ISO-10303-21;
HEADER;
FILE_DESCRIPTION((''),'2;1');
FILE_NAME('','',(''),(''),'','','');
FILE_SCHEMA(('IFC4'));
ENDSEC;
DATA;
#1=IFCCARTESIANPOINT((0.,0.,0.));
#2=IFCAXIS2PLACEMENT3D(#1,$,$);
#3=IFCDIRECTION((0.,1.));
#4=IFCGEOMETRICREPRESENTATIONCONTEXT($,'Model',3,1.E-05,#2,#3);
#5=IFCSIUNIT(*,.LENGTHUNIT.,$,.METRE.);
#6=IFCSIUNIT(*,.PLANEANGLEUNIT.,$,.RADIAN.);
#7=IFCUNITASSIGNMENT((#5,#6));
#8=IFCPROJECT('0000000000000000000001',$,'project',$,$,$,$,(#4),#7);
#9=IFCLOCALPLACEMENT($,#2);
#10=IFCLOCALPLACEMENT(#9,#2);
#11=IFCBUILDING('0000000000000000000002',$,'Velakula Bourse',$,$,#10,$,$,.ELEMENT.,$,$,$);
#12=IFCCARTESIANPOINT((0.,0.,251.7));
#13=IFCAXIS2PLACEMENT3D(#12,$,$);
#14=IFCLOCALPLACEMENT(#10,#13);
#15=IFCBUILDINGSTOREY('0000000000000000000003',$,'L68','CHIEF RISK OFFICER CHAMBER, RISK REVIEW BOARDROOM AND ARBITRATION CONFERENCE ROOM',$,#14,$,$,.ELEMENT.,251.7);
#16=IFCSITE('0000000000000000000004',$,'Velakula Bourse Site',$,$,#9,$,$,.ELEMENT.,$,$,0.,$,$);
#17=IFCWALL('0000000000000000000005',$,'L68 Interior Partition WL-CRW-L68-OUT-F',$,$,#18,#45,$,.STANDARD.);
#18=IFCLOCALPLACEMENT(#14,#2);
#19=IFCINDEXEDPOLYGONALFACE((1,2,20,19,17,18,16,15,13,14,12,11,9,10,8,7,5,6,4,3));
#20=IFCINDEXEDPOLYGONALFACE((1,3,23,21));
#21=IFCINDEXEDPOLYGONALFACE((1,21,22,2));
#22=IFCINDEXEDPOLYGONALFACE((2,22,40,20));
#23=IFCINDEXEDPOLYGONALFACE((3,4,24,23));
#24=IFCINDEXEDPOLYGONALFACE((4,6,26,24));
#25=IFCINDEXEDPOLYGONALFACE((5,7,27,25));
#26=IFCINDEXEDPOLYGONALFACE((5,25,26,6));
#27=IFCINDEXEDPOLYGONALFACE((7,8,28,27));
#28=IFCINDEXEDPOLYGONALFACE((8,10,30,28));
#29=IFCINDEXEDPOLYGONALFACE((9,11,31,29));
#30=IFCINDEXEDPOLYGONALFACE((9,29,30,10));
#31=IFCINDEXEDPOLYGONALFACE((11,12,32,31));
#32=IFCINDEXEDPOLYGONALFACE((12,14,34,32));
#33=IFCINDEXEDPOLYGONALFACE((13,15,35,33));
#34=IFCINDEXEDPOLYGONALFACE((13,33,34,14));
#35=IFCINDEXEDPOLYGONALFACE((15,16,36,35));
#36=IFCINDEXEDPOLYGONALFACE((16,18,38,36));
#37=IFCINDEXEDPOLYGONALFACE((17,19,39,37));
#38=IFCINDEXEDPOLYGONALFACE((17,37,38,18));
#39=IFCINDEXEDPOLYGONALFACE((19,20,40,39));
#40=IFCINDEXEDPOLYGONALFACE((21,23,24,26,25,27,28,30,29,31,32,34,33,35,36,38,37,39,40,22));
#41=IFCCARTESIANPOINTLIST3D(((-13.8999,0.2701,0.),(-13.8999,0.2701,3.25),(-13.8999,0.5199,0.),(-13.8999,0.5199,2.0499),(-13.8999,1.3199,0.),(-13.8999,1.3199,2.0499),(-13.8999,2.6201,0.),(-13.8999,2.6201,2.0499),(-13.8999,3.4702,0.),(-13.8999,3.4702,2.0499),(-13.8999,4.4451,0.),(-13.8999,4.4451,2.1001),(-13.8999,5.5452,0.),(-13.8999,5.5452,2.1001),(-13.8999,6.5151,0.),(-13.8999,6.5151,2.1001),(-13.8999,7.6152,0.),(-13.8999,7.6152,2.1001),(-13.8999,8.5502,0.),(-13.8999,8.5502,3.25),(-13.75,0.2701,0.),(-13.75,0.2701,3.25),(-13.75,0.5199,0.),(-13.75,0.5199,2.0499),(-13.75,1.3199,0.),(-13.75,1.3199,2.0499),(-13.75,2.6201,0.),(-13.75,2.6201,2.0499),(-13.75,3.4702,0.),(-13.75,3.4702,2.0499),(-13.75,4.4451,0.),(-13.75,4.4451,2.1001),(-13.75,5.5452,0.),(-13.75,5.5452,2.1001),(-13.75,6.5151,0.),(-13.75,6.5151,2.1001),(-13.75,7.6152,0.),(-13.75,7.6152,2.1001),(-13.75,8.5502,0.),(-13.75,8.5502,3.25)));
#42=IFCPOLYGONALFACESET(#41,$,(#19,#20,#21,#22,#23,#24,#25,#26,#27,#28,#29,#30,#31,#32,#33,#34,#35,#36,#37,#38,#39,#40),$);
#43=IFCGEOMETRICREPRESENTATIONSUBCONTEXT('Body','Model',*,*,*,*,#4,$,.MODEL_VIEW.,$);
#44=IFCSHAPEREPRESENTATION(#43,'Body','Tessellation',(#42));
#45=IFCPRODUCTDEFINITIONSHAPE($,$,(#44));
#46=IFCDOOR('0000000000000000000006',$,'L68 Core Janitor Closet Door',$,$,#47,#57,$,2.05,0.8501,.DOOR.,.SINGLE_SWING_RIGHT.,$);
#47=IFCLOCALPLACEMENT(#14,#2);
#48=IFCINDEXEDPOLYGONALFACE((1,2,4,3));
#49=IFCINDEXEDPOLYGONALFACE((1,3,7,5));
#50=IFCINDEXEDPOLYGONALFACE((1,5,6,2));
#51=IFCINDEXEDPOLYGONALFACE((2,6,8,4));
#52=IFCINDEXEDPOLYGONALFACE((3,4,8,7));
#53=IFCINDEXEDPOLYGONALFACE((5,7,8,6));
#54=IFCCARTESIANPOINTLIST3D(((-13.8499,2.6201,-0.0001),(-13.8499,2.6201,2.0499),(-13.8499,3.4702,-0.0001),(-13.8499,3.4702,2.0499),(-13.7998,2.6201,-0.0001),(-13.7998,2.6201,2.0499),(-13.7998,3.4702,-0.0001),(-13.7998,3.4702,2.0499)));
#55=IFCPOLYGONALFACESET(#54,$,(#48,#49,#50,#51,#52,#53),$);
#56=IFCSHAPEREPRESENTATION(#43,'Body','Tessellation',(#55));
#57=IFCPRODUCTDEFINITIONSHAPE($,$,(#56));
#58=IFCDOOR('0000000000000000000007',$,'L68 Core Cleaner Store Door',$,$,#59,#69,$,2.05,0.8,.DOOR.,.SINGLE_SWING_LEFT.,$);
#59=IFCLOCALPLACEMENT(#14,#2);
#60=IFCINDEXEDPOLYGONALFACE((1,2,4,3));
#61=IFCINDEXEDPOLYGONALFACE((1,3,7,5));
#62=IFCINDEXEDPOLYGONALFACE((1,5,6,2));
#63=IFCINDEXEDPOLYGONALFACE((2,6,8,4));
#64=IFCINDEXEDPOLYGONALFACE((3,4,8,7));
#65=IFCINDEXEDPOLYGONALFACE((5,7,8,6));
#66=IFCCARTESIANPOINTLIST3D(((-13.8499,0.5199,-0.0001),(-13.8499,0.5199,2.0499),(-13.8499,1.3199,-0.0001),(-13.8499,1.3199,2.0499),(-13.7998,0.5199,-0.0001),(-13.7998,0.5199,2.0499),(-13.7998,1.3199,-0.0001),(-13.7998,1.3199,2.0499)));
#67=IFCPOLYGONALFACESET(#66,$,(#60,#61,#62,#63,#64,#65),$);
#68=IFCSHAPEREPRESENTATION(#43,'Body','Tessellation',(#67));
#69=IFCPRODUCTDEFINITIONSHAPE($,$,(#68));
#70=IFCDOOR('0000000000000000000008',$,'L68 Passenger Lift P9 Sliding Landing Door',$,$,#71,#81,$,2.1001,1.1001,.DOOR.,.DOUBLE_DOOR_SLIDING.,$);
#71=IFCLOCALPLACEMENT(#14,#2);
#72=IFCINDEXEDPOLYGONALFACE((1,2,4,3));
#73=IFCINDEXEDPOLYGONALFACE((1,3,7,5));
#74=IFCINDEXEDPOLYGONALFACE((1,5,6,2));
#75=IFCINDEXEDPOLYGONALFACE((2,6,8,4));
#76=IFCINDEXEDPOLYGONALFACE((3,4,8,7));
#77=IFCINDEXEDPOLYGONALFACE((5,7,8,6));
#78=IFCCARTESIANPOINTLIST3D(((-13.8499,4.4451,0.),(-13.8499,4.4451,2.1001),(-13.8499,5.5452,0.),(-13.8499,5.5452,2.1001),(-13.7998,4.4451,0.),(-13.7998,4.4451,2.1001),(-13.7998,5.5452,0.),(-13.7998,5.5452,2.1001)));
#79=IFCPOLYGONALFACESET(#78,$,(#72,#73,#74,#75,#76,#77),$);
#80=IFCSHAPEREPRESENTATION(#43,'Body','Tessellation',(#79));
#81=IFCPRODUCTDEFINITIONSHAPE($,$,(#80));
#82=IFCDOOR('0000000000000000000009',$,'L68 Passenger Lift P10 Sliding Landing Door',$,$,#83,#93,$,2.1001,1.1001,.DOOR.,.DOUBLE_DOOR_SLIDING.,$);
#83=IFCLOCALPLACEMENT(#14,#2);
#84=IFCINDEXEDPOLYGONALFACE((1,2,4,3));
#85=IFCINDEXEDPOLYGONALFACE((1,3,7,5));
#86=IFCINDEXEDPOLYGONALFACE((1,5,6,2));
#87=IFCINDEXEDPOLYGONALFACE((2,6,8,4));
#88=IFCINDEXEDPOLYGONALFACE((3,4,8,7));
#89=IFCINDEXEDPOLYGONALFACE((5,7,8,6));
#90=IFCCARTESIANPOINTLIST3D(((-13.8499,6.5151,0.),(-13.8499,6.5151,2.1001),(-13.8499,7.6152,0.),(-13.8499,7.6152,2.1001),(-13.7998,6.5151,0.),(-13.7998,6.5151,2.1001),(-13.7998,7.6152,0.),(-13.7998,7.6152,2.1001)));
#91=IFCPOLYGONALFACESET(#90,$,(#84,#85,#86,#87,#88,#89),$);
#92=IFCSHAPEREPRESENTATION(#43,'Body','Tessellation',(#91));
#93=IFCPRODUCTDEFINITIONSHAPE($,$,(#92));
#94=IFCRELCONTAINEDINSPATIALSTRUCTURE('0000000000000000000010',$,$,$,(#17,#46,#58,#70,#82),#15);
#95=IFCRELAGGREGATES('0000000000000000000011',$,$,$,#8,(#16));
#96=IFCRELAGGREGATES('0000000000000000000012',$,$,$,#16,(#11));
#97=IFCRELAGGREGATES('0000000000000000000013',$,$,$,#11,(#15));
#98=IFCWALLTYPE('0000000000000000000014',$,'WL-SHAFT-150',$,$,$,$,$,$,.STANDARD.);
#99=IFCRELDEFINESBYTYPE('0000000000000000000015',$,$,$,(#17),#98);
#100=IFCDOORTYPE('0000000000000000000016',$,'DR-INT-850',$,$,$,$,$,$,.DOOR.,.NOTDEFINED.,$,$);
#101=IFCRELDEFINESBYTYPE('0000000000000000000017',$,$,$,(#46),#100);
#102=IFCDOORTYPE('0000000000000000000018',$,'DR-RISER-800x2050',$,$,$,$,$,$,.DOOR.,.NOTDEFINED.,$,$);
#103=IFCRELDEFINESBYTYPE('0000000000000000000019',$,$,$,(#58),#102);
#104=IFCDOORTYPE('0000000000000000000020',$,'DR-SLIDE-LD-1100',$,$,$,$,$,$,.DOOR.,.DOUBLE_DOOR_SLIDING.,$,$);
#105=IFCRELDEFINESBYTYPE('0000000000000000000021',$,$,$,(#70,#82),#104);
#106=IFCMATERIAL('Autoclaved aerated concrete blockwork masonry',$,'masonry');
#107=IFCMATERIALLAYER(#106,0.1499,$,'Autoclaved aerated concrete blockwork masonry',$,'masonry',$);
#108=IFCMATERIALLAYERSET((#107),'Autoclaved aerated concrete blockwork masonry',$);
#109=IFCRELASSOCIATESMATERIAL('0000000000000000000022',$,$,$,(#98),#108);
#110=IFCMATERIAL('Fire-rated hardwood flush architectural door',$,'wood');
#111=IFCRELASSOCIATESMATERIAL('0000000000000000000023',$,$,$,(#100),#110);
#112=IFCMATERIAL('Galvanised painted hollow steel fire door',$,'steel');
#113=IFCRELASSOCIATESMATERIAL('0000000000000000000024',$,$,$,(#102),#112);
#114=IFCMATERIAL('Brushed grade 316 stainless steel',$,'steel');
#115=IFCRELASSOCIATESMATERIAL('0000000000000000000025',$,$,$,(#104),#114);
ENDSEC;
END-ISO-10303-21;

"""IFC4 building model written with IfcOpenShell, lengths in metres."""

from ifc_helpers import new_model, si_unit, direction, frame, frame_2d, origin, place, context, subcontext, project, spatial, rectangle, extrude, material, layer, layer_set, type_object, element, fill, save


model = new_model("IFC4")

# Units and contexts
model_context = context("Model", 3, precision=1e-05, world=origin(), true_north=direction((0.0, 1.0)))
body_context = subcontext(model_context, "Body", "Model", "MODEL_VIEW")
ifc_project = project(units=[si_unit("LENGTHUNIT", "METRE"), si_unit("PLANEANGLEUNIT", "RADIAN")], contexts=[model_context])

# Site, building, storey
site_placement = place(None, origin())
site = spatial("IfcSite", under=ifc_project, at=site_placement, Name="Velakula Bourse Site", CompositionType="ELEMENT", RefElevation=0.0)
building_placement = place(site_placement, origin())
building = spatial("IfcBuilding", under=site, at=building_placement, Name="Velakula Bourse", CompositionType="ELEMENT")
storey_placement = place(building_placement, frame((0.0, 0.0, 251.7)))
storey = spatial("IfcBuildingStorey", under=building, at=storey_placement, Name="L68", Description="CHIEF RISK OFFICER CHAMBER, RISK REVIEW BOARDROOM AND ARBITRATION CONFERENCE ROOM", CompositionType="ELEMENT", Elevation=251.7)

# Shared definitions
ifc_material_1 = material(Name="Fire-rated hardwood flush architectural door", Category="wood")

# Shared definitions
ifc_material_2 = material(Name="Autoclaved aerated concrete blockwork masonry", Category="masonry")
ifc_layer_1 = layer(ifc_material_2, 0.1499, Name="Autoclaved aerated concrete blockwork masonry", Category="masonry")
ifc_layer_set_1 = layer_set([ifc_layer_1], Name="Autoclaved aerated concrete blockwork masonry")
wall_type_1 = type_object("IfcWallType", Name="WL-SHAFT-150", PredefinedType="STANDARD", material=ifc_layer_set_1)

# Wall, openings, doors
wall_1_placement = place(storey_placement, frame((-13.825, 0.27, 0.0), z_axis=(0.0, 0.0, 1.0), x_axis=(0.0, 1.0, 0.0)))
wall_1 = element("IfcWall", 1, at=wall_1_placement, inside=storey, type_object=wall_type_1, Name="L68 Interior Partition WL-CRW-L68-OUT-F", PredefinedType="STANDARD", context=body_context, shape_type="SweptSolid", body=[
    extrude(rectangle(XDim=8.28, YDim=0.1499, at=frame_2d((4.1401, 0.0))), origin(), (0.0, 0.0, 1.0), 3.25),
])
opening_1_placement = place(wall_1_placement, frame((4.175, 0.0, 0.0)))
opening_1 = element("IfcOpeningElement", 2, at=opening_1_placement, cuts=wall_1, PredefinedType="OPENING", context=body_context, shape_type="SweptSolid", body=[
    extrude(rectangle(XDim=1.1001, YDim=2.1001, at=frame_2d((0.55, 1.05))), frame((0.0, 0.085, 0.0), z_axis=(0.0, -1.0, 0.0), x_axis=(1.0, 0.0, 0.0)), (0.0, 0.0, 1.0), 0.1699),
])
opening_2_placement = place(wall_1_placement, frame((6.2451, 0.0, 0.0)))
opening_2 = element("IfcOpeningElement", 3, at=opening_2_placement, cuts=wall_1, PredefinedType="OPENING", context=body_context, shape_type="SweptSolid", body=[
    extrude(rectangle(XDim=1.1001, YDim=2.1001, at=frame_2d((0.55, 1.05))), frame((0.0, 0.085, 0.0), z_axis=(0.0, -1.0, 0.0), x_axis=(1.0, 0.0, 0.0)), (0.0, 0.0, 1.0), 0.1699),
])
opening_3_placement = place(wall_1_placement, frame((0.25, 0.0, 0.0)))
opening_3 = element("IfcOpeningElement", 4, at=opening_3_placement, cuts=wall_1, PredefinedType="OPENING", context=body_context, shape_type="SweptSolid", body=[
    extrude(rectangle(XDim=0.8, YDim=2.05, at=frame_2d((0.3999, 1.0249))), frame((0.0, 0.085, 0.0), z_axis=(0.0, -1.0, 0.0), x_axis=(1.0, 0.0, 0.0)), (0.0, 0.0, 1.0), 0.1699),
])
opening_4_placement = place(wall_1_placement, frame((2.3501, 0.0, 0.0)))
opening_4 = element("IfcOpeningElement", 5, at=opening_4_placement, cuts=wall_1, PredefinedType="OPENING", context=body_context, shape_type="SweptSolid", body=[
    extrude(rectangle(XDim=0.8501, YDim=2.05, at=frame_2d((0.425, 1.0249))), frame((0.0, 0.085, 0.0), z_axis=(0.0, -1.0, 0.0), x_axis=(1.0, 0.0, 0.0)), (0.0, 0.0, 1.0), 0.1699),
])
door_type_1 = type_object("IfcDoorType", Name="DR-INT-850", OperationType="NOTDEFINED", PredefinedType="DOOR", material=ifc_material_1)
door_1_placement = place(opening_4_placement, origin())
door_1 = element("IfcDoor", 6, at=door_1_placement, inside=storey, type_object=door_type_1, Name="L68 Core Janitor Closet Door", OperationType="SINGLE_SWING_RIGHT", OverallHeight=2.05, OverallWidth=0.8501, PredefinedType="DOOR", context=body_context, shape_type="SweptSolid", body=[
    extrude(rectangle(XDim=0.8501, YDim=2.05, at=frame_2d((0.425, 1.0249))), frame((0.0, 0.0249, 0.0), z_axis=(0.0, -1.0, 0.0), x_axis=(1.0, 0.0, 0.0)), (0.0, 0.0, 1.0), 0.05),
])
fill(opening_4, door_1)
ifc_material_3 = material(Name="Galvanised painted hollow steel fire door", Category="steel")
door_type_2 = type_object("IfcDoorType", Name="DR-RISER-800x2050", OperationType="NOTDEFINED", PredefinedType="DOOR", material=ifc_material_3)
door_2_placement = place(opening_3_placement, origin())
door_2 = element("IfcDoor", 7, at=door_2_placement, inside=storey, type_object=door_type_2, Name="L68 Core Cleaner Store Door", OperationType="SINGLE_SWING_LEFT", OverallHeight=2.05, OverallWidth=0.8, PredefinedType="DOOR", context=body_context, shape_type="SweptSolid", body=[
    extrude(rectangle(XDim=0.8, YDim=2.05, at=frame_2d((0.3999, 1.0249))), frame((0.0, 0.0249, 0.0), z_axis=(0.0, -1.0, 0.0), x_axis=(1.0, 0.0, 0.0)), (0.0, 0.0, 1.0), 0.05),
])
fill(opening_3, door_2)
ifc_material_4 = material(Name="Brushed grade 316 stainless steel", Category="steel")
door_type_3 = type_object("IfcDoorType", Name="DR-SLIDE-LD-1100", OperationType="DOUBLE_DOOR_SLIDING", PredefinedType="DOOR", material=ifc_material_4)
door_3_placement = place(opening_1_placement, origin())
door_3 = element("IfcDoor", 8, at=door_3_placement, inside=storey, type_object=door_type_3, Name="L68 Passenger Lift P9 Sliding Landing Door", OperationType="DOUBLE_DOOR_SLIDING", OverallHeight=2.1001, OverallWidth=1.1001, PredefinedType="DOOR", context=body_context, shape_type="SweptSolid", body=[
    extrude(rectangle(XDim=1.1001, YDim=2.1001, at=frame_2d((0.55, 1.05))), frame((0.0, 0.0249, 0.0), z_axis=(0.0, -1.0, 0.0), x_axis=(1.0, 0.0, 0.0)), (0.0, 0.0, 1.0), 0.05),
])
fill(opening_1, door_3)
door_4_placement = place(opening_2_placement, origin())
door_4 = element("IfcDoor", 9, at=door_4_placement, inside=storey, type_object=door_type_3, Name="L68 Passenger Lift P10 Sliding Landing Door", OperationType="DOUBLE_DOOR_SLIDING", OverallHeight=2.1001, OverallWidth=1.1001, PredefinedType="DOOR", context=body_context, shape_type="SweptSolid", body=[
    extrude(rectangle(XDim=1.1001, YDim=2.1001, at=frame_2d((0.55, 1.05))), frame((0.0, 0.0249, 0.0), z_axis=(0.0, -1.0, 0.0), x_axis=(1.0, 0.0, 0.0)), (0.0, 0.0, 1.0), 0.05),
])
fill(opening_2, door_4)

save(model, "model.ifc")
